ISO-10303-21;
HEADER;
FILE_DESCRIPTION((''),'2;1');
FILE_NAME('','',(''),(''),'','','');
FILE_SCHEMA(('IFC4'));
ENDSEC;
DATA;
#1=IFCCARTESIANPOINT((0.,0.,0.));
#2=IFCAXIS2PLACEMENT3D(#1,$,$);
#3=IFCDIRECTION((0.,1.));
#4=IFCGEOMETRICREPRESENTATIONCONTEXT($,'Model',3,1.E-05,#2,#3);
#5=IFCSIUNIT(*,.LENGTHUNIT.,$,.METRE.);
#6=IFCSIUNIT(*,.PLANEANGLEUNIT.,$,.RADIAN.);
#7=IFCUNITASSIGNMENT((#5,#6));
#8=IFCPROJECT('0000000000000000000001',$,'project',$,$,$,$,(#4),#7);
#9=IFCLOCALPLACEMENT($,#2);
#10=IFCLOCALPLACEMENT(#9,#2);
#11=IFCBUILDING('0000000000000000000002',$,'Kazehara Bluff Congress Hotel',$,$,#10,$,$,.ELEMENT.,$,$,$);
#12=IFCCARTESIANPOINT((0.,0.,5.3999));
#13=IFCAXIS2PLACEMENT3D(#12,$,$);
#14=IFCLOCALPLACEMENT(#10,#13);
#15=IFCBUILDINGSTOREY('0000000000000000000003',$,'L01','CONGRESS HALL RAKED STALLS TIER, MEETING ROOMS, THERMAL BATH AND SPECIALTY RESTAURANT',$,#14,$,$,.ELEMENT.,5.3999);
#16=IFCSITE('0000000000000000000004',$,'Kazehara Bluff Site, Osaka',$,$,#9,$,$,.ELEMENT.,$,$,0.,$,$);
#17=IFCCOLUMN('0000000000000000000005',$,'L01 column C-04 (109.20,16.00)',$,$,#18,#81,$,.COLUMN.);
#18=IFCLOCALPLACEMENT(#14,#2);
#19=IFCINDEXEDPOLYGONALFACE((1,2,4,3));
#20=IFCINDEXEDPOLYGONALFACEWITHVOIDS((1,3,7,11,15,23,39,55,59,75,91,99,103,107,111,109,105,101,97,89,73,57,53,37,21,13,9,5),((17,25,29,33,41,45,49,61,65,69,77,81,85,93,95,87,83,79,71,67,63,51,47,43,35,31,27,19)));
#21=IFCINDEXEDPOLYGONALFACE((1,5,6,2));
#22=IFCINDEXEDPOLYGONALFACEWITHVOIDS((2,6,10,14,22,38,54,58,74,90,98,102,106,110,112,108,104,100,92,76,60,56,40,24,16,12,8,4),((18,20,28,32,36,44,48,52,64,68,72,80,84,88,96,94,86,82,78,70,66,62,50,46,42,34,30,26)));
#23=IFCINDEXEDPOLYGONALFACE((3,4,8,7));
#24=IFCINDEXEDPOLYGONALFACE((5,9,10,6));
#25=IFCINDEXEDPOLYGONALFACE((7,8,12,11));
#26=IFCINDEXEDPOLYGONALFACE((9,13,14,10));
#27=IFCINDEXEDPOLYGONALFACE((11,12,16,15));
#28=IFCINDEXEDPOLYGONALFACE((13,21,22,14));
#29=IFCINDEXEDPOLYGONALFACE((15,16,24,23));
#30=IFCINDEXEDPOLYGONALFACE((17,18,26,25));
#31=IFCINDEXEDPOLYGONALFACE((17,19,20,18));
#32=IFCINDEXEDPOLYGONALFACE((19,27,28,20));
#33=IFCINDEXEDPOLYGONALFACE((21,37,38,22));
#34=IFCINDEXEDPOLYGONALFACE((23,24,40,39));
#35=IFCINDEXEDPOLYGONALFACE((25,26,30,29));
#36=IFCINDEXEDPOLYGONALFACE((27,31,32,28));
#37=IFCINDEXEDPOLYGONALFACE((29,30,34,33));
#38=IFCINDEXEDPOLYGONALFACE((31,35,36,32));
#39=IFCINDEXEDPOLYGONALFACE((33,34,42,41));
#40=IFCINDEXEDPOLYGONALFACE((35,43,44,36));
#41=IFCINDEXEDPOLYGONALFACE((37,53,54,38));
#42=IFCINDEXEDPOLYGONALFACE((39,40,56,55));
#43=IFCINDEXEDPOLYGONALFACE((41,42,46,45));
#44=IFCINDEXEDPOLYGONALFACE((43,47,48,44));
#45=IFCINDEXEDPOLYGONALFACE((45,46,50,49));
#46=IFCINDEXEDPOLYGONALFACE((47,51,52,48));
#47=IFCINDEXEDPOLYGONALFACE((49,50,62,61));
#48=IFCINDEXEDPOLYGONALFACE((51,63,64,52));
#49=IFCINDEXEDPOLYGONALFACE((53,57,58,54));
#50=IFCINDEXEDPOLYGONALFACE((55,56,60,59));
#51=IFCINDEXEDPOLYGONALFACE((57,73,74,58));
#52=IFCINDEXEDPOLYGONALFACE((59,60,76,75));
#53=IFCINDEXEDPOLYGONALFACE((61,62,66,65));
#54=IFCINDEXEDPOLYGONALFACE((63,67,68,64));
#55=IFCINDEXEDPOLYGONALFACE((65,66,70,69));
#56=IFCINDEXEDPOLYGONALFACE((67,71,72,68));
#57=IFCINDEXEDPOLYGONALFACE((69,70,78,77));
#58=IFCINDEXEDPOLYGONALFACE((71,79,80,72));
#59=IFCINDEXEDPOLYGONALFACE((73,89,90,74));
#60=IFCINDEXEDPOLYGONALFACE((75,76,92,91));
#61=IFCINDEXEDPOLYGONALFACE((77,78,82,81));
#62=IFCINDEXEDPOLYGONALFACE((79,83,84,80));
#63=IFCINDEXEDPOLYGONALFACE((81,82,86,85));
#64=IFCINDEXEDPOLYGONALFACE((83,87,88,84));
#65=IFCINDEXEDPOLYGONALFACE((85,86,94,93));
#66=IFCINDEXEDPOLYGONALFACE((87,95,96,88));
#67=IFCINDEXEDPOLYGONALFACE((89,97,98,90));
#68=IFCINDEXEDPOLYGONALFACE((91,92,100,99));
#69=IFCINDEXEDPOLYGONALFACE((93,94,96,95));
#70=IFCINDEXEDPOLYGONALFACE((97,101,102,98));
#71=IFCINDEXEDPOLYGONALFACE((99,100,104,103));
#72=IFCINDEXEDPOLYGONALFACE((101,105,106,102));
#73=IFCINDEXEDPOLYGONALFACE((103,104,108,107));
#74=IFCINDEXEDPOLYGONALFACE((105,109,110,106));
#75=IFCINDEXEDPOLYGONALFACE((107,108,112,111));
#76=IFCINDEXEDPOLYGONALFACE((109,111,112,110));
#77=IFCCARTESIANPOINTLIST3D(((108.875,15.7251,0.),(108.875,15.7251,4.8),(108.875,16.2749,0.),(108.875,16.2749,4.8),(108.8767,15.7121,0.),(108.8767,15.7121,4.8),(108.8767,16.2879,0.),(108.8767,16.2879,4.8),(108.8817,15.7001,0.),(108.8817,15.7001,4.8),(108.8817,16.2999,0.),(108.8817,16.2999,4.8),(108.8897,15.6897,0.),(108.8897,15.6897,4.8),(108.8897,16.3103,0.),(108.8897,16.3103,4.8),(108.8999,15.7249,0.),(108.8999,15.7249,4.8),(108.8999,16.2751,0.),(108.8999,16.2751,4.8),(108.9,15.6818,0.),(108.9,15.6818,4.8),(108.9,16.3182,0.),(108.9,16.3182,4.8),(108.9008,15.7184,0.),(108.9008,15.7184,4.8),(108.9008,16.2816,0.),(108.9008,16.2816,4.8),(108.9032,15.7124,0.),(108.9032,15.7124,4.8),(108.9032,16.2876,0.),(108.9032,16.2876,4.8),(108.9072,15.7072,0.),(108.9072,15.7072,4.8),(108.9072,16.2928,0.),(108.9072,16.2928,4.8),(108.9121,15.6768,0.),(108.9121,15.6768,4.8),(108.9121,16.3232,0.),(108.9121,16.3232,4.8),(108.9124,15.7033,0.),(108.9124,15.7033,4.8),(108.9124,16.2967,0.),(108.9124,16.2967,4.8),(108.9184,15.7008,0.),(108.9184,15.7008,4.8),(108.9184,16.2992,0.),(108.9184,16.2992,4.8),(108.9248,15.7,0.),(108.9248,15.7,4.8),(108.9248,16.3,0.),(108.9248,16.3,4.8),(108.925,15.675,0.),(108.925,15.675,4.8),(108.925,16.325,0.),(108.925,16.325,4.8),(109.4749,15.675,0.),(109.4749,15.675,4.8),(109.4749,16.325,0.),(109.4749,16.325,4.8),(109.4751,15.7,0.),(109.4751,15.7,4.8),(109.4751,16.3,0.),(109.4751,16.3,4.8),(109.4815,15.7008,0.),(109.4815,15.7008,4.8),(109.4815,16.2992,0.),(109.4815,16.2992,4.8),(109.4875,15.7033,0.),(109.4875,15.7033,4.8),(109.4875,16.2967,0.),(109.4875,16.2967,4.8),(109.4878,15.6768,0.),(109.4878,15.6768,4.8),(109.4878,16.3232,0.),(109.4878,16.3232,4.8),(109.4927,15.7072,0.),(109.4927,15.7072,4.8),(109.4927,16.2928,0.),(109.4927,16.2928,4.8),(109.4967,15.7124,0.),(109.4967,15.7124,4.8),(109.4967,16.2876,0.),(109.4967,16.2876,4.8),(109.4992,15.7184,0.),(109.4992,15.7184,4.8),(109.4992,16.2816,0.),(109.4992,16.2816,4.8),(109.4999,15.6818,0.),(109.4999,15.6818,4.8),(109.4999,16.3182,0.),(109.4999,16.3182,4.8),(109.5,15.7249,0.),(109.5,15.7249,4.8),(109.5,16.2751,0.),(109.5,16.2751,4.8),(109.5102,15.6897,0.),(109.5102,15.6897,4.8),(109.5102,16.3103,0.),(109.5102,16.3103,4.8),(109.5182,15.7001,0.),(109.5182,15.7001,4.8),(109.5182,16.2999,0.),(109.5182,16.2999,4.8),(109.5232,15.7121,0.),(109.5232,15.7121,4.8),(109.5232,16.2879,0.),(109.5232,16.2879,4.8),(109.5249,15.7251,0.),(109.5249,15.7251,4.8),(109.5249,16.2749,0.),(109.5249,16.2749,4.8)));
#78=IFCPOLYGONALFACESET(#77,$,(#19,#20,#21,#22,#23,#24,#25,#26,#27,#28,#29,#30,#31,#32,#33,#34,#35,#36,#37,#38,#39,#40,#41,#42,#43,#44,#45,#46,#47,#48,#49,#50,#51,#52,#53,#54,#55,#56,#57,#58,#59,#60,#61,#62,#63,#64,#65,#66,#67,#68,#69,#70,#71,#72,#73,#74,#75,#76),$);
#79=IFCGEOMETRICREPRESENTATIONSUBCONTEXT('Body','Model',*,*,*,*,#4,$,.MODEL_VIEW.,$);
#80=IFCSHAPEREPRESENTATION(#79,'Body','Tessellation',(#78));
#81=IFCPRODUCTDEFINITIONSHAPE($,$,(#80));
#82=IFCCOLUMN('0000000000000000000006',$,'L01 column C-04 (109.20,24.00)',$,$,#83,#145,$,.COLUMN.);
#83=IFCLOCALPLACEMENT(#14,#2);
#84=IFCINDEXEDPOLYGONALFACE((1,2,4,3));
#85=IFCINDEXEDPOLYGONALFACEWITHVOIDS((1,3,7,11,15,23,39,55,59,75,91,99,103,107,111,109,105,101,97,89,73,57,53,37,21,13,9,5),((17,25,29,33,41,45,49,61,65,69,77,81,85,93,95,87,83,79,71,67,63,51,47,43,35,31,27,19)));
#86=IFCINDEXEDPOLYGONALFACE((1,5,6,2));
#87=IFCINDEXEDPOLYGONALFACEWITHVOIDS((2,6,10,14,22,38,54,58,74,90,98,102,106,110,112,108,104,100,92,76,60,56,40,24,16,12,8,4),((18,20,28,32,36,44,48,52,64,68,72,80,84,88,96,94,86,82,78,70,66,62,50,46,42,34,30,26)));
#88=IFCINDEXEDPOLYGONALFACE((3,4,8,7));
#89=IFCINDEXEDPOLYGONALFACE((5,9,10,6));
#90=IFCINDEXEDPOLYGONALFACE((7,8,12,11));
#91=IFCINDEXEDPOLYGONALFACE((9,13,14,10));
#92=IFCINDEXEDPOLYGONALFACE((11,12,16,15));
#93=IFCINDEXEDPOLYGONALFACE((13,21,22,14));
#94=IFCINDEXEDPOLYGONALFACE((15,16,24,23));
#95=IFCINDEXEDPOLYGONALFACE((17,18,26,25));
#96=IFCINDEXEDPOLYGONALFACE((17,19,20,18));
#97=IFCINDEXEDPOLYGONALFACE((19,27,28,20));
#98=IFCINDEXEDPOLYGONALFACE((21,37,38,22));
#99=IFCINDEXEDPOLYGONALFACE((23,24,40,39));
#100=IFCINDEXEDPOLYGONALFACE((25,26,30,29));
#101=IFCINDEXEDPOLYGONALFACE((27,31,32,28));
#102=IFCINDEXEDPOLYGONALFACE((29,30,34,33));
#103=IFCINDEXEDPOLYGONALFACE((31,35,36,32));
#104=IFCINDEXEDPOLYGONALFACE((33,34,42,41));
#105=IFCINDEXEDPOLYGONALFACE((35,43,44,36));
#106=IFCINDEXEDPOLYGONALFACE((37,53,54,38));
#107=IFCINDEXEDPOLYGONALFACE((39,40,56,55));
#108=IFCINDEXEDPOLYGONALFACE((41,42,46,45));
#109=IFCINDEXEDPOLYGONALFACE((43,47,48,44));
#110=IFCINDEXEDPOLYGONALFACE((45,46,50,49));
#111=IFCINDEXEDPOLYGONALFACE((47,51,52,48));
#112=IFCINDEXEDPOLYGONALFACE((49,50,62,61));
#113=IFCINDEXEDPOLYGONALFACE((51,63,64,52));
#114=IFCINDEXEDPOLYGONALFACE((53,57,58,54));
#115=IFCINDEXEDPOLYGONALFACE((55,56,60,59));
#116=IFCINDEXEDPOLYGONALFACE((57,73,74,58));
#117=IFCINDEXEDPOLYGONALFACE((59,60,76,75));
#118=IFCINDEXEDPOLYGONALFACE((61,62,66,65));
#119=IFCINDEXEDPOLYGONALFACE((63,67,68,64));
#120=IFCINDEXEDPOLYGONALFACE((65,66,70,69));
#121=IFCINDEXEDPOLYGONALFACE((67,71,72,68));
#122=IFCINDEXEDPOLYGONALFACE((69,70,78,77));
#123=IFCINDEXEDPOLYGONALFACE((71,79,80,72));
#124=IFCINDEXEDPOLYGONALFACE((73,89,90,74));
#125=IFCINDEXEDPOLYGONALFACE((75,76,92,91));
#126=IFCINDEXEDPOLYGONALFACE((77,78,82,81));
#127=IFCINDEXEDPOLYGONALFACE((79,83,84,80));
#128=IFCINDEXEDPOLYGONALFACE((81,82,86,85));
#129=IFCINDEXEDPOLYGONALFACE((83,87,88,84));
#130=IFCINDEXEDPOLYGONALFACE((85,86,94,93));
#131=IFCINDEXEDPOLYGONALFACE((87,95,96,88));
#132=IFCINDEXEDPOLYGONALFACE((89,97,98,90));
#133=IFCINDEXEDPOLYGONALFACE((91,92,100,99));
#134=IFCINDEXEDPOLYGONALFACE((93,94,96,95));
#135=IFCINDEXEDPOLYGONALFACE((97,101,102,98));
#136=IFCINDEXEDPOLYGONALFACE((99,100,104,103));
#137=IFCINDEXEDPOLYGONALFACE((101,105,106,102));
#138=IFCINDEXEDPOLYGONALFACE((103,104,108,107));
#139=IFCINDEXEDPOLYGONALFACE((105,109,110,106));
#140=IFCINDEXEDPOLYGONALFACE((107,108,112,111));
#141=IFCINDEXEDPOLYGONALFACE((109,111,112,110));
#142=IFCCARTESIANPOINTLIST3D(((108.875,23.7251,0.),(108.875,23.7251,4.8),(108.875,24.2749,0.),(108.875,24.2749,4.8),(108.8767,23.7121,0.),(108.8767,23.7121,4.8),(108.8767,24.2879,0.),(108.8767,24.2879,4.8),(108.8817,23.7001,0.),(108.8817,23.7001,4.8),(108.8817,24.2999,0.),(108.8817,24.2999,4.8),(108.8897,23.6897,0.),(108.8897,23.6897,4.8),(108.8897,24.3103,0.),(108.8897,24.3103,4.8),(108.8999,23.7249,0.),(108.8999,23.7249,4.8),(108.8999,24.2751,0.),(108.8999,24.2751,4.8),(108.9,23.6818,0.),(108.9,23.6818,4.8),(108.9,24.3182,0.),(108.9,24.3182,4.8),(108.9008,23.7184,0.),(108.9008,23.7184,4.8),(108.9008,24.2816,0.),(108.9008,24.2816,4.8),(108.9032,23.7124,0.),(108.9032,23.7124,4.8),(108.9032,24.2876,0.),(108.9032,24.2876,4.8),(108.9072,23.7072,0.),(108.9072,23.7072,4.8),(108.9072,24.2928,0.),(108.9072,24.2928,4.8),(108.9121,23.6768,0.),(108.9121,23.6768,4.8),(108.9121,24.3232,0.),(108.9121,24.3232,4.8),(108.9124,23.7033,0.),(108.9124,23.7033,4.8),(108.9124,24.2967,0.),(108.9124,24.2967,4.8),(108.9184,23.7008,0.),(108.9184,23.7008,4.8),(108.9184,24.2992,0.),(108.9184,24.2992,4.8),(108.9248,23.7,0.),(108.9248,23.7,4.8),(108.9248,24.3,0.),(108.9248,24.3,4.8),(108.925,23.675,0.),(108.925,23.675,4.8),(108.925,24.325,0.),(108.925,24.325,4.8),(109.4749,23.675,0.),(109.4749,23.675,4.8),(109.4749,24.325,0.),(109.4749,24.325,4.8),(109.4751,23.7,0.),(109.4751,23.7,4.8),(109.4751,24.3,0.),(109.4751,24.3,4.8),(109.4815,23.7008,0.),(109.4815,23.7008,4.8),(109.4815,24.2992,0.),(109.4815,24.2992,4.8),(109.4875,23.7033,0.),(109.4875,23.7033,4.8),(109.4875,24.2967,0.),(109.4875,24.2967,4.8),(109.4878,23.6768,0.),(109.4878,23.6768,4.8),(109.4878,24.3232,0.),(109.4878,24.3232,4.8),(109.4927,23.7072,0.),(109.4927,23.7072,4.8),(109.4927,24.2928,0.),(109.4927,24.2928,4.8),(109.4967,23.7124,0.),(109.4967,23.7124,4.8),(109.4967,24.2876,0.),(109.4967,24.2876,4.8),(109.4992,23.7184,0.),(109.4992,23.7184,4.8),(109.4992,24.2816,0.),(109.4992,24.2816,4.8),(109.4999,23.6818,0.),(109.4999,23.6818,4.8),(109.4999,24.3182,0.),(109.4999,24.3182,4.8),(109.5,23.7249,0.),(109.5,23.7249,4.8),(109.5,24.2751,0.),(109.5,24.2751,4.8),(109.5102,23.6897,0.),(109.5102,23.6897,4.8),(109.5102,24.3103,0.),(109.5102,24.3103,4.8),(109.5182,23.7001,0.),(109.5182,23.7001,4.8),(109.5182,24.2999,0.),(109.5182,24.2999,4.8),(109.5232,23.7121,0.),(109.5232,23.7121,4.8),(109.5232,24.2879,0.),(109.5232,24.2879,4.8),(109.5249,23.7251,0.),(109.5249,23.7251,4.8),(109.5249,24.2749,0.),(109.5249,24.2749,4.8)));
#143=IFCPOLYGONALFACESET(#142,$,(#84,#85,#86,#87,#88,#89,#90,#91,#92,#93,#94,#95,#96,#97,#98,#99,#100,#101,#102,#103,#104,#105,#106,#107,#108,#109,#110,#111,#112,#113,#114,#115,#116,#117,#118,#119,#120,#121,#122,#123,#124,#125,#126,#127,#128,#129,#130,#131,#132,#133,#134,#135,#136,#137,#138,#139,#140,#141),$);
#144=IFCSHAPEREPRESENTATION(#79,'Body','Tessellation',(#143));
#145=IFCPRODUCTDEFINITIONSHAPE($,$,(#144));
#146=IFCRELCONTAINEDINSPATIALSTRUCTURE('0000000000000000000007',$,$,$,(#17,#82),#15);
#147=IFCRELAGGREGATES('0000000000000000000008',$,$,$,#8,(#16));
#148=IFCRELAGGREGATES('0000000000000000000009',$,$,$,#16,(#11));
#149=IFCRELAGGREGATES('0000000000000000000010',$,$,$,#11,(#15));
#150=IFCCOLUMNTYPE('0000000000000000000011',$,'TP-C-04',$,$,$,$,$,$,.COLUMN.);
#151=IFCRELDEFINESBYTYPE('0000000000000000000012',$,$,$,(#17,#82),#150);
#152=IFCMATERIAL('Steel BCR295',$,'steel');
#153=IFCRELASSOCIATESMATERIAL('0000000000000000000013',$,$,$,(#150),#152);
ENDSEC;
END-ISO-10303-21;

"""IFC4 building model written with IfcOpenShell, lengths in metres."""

from ifc_helpers import new_model, si_unit, direction, frame, origin, origin_2d, place, context, subcontext, project, spatial, hollow_rectangle, extrude, material, material_profile, profile_set, type_object, element, save


model = new_model("IFC4")

# Units and contexts
model_context = context("Model", 3, precision=1e-05, world=origin(), true_north=direction((0.0, 1.0)))
body_context = subcontext(model_context, "Body", "Model", "MODEL_VIEW")
ifc_project = project(units=[si_unit("LENGTHUNIT", "METRE"), si_unit("PLANEANGLEUNIT", "RADIAN")], contexts=[model_context])

# Site, building, storey
site_placement = place(None, origin())
site = spatial("IfcSite", under=ifc_project, at=site_placement, Name="Kazehara Bluff Site, Osaka", CompositionType="ELEMENT", RefElevation=0.0)
building_placement = place(site_placement, origin())
building = spatial("IfcBuilding", under=site, at=building_placement, Name="Kazehara Bluff Congress Hotel", CompositionType="ELEMENT")
storey_placement = place(building_placement, frame((0.0, 0.0, 5.3999)))
storey = spatial("IfcBuildingStorey", under=building, at=storey_placement, Name="L01", Description="CONGRESS HALL RAKED STALLS TIER, MEETING ROOMS, THERMAL BATH AND SPECIALTY RESTAURANT", CompositionType="ELEMENT", Elevation=5.3999)

# Columns
ifc_material_1 = material(Name="Steel BCR295", Category="steel")
ifc_material_profile_1 = material_profile(ifc_material_1, hollow_rectangle(XDim=0.6499, YDim=0.6499, WallThickness=0.0249, InnerFilletRadius=0.0249, OuterFilletRadius=0.05, at=origin_2d()))
ifc_profile_set_1 = profile_set([ifc_material_profile_1], Name="Steel BCR295")
column_type = type_object("IfcColumnType", Name="TP-C-04", PredefinedType="COLUMN", material=ifc_profile_set_1)
for number, where, z_axis, x_axis, name in (
    (1, (109.2, 16.0, 0.0), (0.0, 0.0, 1.0), (1.0, 0.0, 0.0), "L01 column C-04 (109.20,16.00)"),
    (2, (109.2, 24.0, 0.0), (0.0, 0.0, 1.0), (1.0, 0.0, 0.0), "L01 column C-04 (109.20,24.00)"),
):
    element("IfcColumn", number, at=place(storey_placement, frame(where, z_axis=z_axis, x_axis=x_axis)), inside=storey, type_object=column_type, Name=name, PredefinedType="COLUMN", context=body_context, shape_type="SweptSolid", body=[
        extrude(hollow_rectangle(XDim=0.6499, YDim=0.6499, WallThickness=0.0249, InnerFilletRadius=0.0249, OuterFilletRadius=0.05, at=origin_2d()), origin(), (0.0, 0.0, 1.0), 4.8),
    ])

save(model, "model.ifc")
